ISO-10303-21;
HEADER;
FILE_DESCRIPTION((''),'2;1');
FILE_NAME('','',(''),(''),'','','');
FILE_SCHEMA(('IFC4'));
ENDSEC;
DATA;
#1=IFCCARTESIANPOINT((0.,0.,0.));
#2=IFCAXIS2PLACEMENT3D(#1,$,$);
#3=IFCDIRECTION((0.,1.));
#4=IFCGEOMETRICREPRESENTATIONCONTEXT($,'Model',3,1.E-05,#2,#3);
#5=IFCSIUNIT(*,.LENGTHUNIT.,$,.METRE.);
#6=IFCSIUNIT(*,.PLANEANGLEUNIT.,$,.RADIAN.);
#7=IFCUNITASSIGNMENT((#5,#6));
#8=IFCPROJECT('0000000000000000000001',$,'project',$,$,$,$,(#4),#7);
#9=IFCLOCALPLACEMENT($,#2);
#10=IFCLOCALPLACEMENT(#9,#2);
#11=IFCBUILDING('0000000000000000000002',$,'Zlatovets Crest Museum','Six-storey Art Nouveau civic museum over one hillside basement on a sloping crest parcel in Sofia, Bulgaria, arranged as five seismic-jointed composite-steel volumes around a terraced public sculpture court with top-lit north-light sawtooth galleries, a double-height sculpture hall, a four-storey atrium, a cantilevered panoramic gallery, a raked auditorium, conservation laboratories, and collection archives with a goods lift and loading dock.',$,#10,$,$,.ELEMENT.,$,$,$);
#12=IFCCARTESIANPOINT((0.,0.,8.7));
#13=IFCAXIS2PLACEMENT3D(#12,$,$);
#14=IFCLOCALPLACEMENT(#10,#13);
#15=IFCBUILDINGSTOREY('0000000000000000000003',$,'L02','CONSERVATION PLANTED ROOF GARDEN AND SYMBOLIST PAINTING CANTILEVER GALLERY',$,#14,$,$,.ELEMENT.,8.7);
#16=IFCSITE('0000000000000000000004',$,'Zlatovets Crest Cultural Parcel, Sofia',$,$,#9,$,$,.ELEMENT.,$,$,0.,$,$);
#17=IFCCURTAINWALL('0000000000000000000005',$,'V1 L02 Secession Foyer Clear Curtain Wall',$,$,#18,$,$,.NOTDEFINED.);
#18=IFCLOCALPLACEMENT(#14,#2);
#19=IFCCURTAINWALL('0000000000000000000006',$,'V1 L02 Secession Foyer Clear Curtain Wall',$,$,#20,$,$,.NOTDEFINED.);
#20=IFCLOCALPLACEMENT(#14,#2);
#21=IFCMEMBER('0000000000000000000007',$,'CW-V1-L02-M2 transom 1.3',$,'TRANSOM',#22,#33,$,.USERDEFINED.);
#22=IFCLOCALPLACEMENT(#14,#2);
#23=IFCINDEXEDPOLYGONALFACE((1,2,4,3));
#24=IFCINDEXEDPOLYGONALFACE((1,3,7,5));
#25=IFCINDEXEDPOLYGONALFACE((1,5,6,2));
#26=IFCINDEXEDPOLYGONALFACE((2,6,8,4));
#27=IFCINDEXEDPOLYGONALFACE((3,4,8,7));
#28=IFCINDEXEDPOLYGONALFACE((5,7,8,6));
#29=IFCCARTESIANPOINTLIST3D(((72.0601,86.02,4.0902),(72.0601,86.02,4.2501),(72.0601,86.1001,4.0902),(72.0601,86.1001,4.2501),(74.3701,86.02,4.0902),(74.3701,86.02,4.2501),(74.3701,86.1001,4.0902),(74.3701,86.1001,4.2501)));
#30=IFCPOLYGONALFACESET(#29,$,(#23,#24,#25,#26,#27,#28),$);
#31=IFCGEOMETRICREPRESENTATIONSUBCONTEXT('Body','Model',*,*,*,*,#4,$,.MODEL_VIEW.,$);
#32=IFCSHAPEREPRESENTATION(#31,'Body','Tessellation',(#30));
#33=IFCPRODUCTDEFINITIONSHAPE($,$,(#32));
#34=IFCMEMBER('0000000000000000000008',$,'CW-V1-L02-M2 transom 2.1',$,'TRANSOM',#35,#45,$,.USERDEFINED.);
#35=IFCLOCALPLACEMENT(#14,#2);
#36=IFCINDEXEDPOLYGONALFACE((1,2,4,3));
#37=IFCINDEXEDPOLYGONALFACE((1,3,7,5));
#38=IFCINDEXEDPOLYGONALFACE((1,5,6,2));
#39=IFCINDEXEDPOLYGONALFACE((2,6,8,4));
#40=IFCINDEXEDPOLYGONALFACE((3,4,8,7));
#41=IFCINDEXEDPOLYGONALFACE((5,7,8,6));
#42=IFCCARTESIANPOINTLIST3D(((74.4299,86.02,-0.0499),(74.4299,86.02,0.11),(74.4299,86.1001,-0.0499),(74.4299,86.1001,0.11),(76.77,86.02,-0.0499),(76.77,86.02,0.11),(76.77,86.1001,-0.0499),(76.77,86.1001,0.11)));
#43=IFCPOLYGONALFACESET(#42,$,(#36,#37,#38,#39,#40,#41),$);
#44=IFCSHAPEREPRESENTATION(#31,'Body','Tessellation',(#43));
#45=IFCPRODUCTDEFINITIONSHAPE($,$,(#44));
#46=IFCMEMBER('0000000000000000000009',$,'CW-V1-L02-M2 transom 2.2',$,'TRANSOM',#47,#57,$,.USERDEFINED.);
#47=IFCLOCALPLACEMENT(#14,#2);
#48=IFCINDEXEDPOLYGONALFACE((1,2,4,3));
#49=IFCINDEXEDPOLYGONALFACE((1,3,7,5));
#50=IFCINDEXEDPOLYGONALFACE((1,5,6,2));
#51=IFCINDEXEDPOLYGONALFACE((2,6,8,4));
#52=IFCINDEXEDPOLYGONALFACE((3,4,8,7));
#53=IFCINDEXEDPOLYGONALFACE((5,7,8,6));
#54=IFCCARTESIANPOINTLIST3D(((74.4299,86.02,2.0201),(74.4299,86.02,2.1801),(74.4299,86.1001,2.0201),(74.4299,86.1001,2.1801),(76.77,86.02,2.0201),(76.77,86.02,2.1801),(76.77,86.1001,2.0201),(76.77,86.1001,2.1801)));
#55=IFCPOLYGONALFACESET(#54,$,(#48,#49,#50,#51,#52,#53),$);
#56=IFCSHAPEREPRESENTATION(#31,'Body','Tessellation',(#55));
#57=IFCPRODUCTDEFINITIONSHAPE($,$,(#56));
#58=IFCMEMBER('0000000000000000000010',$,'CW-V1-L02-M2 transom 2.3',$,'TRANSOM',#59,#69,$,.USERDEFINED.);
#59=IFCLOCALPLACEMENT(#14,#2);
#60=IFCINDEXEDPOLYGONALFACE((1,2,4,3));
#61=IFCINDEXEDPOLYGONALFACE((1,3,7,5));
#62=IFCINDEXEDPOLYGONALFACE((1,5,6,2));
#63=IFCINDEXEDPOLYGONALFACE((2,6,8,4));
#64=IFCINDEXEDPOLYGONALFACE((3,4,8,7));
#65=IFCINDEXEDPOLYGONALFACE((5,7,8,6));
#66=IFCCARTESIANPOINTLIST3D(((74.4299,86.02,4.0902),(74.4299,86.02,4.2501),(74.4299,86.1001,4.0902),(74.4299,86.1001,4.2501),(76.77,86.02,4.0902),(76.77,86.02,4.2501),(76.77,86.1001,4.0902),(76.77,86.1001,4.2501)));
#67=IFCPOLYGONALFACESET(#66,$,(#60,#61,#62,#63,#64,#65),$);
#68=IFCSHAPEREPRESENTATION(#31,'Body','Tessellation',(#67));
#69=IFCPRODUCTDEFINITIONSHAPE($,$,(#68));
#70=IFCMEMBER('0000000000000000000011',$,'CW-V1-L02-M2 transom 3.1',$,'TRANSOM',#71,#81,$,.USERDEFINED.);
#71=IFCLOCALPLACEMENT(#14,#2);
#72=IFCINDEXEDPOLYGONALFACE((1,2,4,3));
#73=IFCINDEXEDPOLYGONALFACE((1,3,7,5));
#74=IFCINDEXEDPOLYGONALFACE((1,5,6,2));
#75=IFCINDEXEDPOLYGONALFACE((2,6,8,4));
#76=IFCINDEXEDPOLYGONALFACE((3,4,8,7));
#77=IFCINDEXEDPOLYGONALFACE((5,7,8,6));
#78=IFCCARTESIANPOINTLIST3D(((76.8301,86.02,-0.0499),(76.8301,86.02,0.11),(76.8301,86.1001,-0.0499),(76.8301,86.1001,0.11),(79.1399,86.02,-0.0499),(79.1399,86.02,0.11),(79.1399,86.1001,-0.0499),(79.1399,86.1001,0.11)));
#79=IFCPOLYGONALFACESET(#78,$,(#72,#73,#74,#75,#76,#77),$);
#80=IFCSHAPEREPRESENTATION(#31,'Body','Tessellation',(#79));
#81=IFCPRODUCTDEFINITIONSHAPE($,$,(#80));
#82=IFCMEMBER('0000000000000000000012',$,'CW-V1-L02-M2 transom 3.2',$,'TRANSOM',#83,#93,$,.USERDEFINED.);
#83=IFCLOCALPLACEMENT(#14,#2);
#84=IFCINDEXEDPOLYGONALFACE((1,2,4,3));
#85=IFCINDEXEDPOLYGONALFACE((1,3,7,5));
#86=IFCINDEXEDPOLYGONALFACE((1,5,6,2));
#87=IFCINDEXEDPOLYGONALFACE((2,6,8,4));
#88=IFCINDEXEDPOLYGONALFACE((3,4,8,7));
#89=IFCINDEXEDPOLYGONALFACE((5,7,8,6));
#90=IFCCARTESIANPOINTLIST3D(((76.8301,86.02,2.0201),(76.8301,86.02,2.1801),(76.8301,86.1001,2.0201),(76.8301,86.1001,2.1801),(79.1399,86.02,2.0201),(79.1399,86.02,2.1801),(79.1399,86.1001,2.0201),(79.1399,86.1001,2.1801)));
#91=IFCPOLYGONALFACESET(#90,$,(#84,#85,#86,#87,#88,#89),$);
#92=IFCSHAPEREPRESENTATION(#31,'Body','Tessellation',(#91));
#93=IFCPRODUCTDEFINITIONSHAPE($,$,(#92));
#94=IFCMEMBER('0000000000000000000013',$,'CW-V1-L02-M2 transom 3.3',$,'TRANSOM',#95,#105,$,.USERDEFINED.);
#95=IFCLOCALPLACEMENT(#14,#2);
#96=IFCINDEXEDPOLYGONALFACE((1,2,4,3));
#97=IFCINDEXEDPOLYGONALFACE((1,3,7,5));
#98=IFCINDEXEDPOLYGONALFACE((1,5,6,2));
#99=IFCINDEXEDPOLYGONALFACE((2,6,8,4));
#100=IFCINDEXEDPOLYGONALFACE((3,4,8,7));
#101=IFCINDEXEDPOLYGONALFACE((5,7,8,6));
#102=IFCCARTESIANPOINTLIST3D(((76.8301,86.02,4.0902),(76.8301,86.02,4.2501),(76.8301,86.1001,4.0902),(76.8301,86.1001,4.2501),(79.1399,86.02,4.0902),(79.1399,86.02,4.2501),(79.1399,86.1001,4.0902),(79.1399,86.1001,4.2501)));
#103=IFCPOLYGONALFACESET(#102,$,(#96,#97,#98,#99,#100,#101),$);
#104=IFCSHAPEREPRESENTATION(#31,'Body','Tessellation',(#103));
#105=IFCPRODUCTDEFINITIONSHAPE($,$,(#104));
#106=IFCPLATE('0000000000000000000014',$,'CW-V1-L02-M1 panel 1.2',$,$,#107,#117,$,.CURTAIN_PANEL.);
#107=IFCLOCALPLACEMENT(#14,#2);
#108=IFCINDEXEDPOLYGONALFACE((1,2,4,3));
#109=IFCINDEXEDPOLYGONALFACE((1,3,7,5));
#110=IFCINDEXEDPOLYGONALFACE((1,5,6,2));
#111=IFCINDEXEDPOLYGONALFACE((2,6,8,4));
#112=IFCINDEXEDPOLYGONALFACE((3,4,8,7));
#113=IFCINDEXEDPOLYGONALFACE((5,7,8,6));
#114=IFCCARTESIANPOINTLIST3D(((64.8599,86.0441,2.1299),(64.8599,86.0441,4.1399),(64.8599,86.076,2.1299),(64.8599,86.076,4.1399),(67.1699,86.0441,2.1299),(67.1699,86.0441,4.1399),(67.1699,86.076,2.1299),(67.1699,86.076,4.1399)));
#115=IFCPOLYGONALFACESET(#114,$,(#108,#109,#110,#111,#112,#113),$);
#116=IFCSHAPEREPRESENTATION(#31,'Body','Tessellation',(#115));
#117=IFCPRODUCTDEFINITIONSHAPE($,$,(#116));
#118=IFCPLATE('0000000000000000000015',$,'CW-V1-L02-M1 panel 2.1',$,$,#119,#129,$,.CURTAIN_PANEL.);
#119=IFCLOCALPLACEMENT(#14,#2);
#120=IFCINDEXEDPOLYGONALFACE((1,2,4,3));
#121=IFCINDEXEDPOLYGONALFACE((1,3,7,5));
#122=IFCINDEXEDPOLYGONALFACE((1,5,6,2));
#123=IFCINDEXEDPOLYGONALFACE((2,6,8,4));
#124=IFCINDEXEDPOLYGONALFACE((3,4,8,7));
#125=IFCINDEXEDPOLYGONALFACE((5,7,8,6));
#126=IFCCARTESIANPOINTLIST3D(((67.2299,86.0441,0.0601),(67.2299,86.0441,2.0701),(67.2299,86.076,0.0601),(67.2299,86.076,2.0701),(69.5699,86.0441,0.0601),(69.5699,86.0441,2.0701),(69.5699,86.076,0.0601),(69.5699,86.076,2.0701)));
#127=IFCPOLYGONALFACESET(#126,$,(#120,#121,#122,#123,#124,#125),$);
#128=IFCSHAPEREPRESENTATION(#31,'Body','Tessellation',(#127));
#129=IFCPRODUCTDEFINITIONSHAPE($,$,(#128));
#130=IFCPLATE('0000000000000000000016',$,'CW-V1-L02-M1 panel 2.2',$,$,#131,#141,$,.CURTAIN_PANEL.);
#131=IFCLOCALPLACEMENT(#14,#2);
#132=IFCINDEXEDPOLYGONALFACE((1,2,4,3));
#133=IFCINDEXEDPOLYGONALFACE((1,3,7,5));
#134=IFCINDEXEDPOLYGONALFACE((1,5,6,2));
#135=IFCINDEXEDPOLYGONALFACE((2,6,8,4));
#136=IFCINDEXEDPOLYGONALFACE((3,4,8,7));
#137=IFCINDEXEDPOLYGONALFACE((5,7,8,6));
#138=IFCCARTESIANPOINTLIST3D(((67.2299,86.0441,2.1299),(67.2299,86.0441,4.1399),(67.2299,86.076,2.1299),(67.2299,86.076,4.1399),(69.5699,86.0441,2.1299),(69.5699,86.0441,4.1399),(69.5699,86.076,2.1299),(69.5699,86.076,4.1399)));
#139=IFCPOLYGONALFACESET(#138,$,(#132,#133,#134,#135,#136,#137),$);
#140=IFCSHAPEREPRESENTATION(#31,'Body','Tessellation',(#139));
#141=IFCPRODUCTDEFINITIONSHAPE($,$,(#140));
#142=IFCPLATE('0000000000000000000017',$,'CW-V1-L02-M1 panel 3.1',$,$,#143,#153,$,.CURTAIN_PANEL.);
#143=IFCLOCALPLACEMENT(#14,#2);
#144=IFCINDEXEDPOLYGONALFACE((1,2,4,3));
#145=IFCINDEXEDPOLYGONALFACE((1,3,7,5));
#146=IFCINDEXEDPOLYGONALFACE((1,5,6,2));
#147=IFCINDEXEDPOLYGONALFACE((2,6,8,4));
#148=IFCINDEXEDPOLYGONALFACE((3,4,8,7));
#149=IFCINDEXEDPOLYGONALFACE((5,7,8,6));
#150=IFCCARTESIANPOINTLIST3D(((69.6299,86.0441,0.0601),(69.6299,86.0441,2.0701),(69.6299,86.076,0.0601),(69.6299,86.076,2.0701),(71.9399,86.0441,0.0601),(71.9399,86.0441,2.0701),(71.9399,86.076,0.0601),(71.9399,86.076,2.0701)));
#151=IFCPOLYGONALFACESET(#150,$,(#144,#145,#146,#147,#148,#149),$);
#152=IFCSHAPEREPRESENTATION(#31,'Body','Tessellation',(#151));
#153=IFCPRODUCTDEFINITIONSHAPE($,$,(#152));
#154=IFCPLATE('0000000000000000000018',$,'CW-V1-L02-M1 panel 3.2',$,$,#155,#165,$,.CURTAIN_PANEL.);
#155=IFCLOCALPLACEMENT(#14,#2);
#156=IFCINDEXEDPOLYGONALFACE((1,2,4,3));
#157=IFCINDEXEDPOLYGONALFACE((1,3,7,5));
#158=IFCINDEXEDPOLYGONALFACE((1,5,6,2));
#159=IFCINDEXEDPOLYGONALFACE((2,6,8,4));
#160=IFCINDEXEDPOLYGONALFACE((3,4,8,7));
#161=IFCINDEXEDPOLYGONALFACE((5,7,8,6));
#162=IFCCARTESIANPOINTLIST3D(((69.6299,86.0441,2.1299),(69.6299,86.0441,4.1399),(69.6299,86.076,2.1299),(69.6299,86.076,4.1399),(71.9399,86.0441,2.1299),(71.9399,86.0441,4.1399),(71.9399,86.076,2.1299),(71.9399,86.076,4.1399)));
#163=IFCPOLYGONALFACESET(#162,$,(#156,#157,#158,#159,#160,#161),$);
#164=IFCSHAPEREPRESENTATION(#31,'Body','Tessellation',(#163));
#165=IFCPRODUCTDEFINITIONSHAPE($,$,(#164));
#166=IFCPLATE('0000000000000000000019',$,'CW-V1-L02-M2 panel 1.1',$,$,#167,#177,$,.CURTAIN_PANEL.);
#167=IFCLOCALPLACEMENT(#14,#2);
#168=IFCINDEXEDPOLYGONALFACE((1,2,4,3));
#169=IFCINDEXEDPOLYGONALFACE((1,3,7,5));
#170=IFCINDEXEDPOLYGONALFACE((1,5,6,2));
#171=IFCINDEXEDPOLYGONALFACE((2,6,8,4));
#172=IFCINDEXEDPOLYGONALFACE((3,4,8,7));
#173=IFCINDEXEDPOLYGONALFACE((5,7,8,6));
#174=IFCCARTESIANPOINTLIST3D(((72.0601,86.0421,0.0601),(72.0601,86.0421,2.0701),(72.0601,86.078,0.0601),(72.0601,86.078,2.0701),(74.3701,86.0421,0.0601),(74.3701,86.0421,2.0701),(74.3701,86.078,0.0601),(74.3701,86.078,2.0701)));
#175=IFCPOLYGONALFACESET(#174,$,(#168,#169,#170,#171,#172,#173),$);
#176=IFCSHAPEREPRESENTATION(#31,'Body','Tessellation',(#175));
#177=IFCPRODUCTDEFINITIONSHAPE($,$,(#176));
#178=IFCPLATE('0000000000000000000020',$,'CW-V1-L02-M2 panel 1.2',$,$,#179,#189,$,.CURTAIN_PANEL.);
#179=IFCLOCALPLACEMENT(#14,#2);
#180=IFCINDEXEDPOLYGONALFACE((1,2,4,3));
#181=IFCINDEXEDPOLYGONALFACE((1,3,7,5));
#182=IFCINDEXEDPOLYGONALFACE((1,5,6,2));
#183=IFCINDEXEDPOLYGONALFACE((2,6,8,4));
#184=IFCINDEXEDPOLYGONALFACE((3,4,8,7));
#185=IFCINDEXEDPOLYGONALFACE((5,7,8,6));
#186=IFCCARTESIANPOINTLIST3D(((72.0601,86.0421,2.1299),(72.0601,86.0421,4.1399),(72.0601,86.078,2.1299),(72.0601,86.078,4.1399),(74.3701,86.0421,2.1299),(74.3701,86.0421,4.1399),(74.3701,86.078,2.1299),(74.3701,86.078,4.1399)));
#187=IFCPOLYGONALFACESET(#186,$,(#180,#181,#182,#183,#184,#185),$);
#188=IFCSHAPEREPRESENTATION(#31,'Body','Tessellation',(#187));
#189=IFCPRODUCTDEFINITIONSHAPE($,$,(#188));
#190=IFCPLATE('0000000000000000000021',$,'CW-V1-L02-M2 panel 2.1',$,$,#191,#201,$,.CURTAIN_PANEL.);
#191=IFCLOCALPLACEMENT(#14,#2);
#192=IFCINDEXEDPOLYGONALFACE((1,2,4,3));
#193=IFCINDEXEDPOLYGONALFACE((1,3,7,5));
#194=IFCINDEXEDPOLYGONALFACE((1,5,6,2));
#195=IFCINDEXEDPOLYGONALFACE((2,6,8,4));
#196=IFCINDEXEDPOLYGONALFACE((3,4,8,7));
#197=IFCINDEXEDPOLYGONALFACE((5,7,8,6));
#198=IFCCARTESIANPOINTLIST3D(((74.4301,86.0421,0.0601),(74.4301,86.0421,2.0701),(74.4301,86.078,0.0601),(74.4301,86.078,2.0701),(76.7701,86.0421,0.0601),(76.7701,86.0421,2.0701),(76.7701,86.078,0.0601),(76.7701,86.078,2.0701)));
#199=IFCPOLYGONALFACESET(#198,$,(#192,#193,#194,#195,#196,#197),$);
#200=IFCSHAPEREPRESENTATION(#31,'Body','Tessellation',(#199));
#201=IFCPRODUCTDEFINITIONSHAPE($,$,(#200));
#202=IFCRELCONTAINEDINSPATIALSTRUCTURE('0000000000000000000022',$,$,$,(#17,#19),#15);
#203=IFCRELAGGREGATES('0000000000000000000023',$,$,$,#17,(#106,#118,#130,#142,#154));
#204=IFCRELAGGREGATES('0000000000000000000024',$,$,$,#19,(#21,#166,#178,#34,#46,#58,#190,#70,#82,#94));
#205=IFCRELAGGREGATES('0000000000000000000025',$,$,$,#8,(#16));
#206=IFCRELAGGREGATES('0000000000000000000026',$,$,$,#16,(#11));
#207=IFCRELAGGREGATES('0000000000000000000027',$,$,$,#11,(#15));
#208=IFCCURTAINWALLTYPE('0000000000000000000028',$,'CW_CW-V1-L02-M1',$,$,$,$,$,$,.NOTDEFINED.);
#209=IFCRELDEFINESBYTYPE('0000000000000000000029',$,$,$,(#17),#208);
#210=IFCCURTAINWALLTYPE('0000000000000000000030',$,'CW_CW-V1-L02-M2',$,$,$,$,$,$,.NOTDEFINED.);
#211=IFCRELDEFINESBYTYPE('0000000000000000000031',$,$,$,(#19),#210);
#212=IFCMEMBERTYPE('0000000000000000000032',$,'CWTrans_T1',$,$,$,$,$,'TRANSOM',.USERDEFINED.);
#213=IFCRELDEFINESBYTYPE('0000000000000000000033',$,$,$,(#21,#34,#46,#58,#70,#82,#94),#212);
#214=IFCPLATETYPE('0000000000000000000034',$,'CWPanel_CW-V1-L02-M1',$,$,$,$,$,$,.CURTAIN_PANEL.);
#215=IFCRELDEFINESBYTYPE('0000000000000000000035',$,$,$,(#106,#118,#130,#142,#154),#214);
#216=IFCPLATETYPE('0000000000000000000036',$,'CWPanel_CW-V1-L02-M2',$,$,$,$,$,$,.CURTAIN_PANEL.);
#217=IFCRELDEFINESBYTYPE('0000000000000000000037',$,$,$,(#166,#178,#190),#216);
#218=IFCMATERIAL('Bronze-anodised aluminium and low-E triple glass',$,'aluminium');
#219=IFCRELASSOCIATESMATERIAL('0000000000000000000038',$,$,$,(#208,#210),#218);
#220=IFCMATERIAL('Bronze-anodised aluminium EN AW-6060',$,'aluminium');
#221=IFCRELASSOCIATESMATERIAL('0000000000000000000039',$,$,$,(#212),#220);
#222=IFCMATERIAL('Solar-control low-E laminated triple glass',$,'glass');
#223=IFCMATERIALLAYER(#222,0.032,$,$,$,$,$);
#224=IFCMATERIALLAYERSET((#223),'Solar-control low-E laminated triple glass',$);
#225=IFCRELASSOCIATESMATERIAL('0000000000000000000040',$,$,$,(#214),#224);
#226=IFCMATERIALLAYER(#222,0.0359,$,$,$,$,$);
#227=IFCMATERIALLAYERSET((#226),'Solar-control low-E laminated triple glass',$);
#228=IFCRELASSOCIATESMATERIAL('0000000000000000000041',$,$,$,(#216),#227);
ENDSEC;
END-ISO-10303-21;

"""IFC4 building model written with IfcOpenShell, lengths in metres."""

from ifc_helpers import new_model, si_unit, direction, frame, origin, origin_2d, place, context, subcontext, project, spatial, rectangle, extrude, material, layer, layer_set, material_profile, profile_set, type_object, element, aggregate, save


model = new_model("IFC4")

# Units and contexts
model_context = context("Model", 3, precision=1e-05, world=origin(), true_north=direction((0.0, 1.0)))
body_context = subcontext(model_context, "Body", "Model", "MODEL_VIEW")
ifc_project = project(units=[si_unit("LENGTHUNIT", "METRE"), si_unit("PLANEANGLEUNIT", "RADIAN")], contexts=[model_context])

# Site, building, storey
site_placement = place(None, origin())
site = spatial("IfcSite", under=ifc_project, at=site_placement, Name="Zlatovets Crest Cultural Parcel, Sofia", CompositionType="ELEMENT", RefElevation=0.0)
building_placement = place(site_placement, origin())
building = spatial("IfcBuilding", under=site, at=building_placement, Name="Zlatovets Crest Museum", Description="Six-storey Art Nouveau civic museum over one hillside basement on a sloping crest parcel in Sofia, Bulgaria, arranged as five seismic-jointed composite-steel volumes around a terraced public sculpture court with top-lit north-light sawtooth galleries, a double-height sculpture hall, a four-storey atrium, a cantilevered panoramic gallery, a raked auditorium, conservation laboratories, and collection archives with a goods lift and loading dock.", CompositionType="ELEMENT")
storey_placement = place(building_placement, frame((0.0, 0.0, 8.7)))
storey = spatial("IfcBuildingStorey", under=building, at=storey_placement, Name="L02", Description="CONSERVATION PLANTED ROOF GARDEN AND SYMBOLIST PAINTING CANTILEVER GALLERY", CompositionType="ELEMENT", Elevation=8.7)

# Curtain walls
ifc_material_1 = material(Name="Bronze-anodised aluminium and low-E triple glass", Category="aluminium")
curtain_wall_type_1 = type_object("IfcCurtainWallType", Name="CW_CW-V1-L02-M1", PredefinedType="NOTDEFINED", material=ifc_material_1)
curtain_wall_1_placement = place(storey_placement, origin())
curtain_wall_1 = element("IfcCurtainWall", 1, at=curtain_wall_1_placement, inside=storey, type_object=curtain_wall_type_1, Name="V1 L02 Secession Foyer Clear Curtain Wall", PredefinedType="NOTDEFINED")
ifc_material_2 = material(Name="Bronze-anodised aluminium EN AW-6060", Category="aluminium")
curtain_wall_type_2 = type_object("IfcCurtainWallType", Name="CW_CW-V1-L02-M2", PredefinedType="NOTDEFINED", material=ifc_material_1)
curtain_wall_2_placement = place(storey_placement, origin())
curtain_wall_2 = element("IfcCurtainWall", 2, at=curtain_wall_2_placement, inside=storey, type_object=curtain_wall_type_2, Name="V1 L02 Secession Foyer Clear Curtain Wall", PredefinedType="NOTDEFINED")

# Members
ifc_material_profile_1 = material_profile(ifc_material_2, rectangle(XDim=0.0801, YDim=0.1599, at=origin_2d()), Name="ALU 80x160")
ifc_profile_set_1 = profile_set([ifc_material_profile_1], Name="Bronze-anodised aluminium EN AW-6060")
member_type_1 = type_object("IfcMemberType", Name="CWTrans_T1", ElementType="TRANSOM", PredefinedType="USERDEFINED", material=ifc_profile_set_1)
member_1_placement = place(storey_placement, frame((72.0601, 86.0601, 4.1702), z_axis=(1.0, 0.0, 0.0), x_axis=(0.0, 1.0, 0.0)))
member_1 = element("IfcMember", 3, at=member_1_placement, type_object=member_type_1, Name="CW-V1-L02-M2 transom 1.3", ObjectType="TRANSOM", PredefinedType="USERDEFINED", context=body_context, shape_type="SweptSolid", body=[
    extrude(rectangle(XDim=0.0801, YDim=0.1599, at=origin_2d()), origin(), (0.0, 0.0, 1.0), 2.3101),
])
member_2_placement = place(storey_placement, frame((74.4299, 86.0601, 0.03), z_axis=(1.0, 0.0, 0.0), x_axis=(0.0, 1.0, 0.0)))
member_2 = element("IfcMember", 4, at=member_2_placement, type_object=member_type_1, Name="CW-V1-L02-M2 transom 2.1", ObjectType="TRANSOM", PredefinedType="USERDEFINED", context=body_context, shape_type="SweptSolid", body=[
    extrude(rectangle(XDim=0.0801, YDim=0.1599, at=origin_2d()), origin(), (0.0, 0.0, 1.0), 2.3401),
])
member_3_placement = place(storey_placement, frame((74.4299, 86.0601, 2.1001), z_axis=(1.0, 0.0, 0.0), x_axis=(0.0, 1.0, 0.0)))
member_3 = element("IfcMember", 5, at=member_3_placement, type_object=member_type_1, Name="CW-V1-L02-M2 transom 2.2", ObjectType="TRANSOM", PredefinedType="USERDEFINED", context=body_context, shape_type="SweptSolid", body=[
    extrude(rectangle(XDim=0.0801, YDim=0.1599, at=origin_2d()), origin(), (0.0, 0.0, 1.0), 2.3401),
])
member_4_placement = place(storey_placement, frame((74.4299, 86.0601, 4.1702), z_axis=(1.0, 0.0, 0.0), x_axis=(0.0, 1.0, 0.0)))
member_4 = element("IfcMember", 6, at=member_4_placement, type_object=member_type_1, Name="CW-V1-L02-M2 transom 2.3", ObjectType="TRANSOM", PredefinedType="USERDEFINED", context=body_context, shape_type="SweptSolid", body=[
    extrude(rectangle(XDim=0.0801, YDim=0.1599, at=origin_2d()), origin(), (0.0, 0.0, 1.0), 2.3401),
])
member_5_placement = place(storey_placement, frame((76.8301, 86.0601, 0.03), z_axis=(1.0, 0.0, 0.0), x_axis=(0.0, 1.0, 0.0)))
member_5 = element("IfcMember", 7, at=member_5_placement, type_object=member_type_1, Name="CW-V1-L02-M2 transom 3.1", ObjectType="TRANSOM", PredefinedType="USERDEFINED", context=body_context, shape_type="SweptSolid", body=[
    extrude(rectangle(XDim=0.0801, YDim=0.1599, at=origin_2d()), origin(), (0.0, 0.0, 1.0), 2.3098),
])
member_6_placement = place(storey_placement, frame((76.8301, 86.0601, 2.1001), z_axis=(1.0, 0.0, 0.0), x_axis=(0.0, 1.0, 0.0)))
member_6 = element("IfcMember", 8, at=member_6_placement, type_object=member_type_1, Name="CW-V1-L02-M2 transom 3.2", ObjectType="TRANSOM", PredefinedType="USERDEFINED", context=body_context, shape_type="SweptSolid", body=[
    extrude(rectangle(XDim=0.0801, YDim=0.1599, at=origin_2d()), origin(), (0.0, 0.0, 1.0), 2.3098),
])
member_7_placement = place(storey_placement, frame((76.8301, 86.0601, 4.1702), z_axis=(1.0, 0.0, 0.0), x_axis=(0.0, 1.0, 0.0)))
member_7 = element("IfcMember", 9, at=member_7_placement, type_object=member_type_1, Name="CW-V1-L02-M2 transom 3.3", ObjectType="TRANSOM", PredefinedType="USERDEFINED", context=body_context, shape_type="SweptSolid", body=[
    extrude(rectangle(XDim=0.0801, YDim=0.1599, at=origin_2d()), origin(), (0.0, 0.0, 1.0), 2.3098),
])

# Plates
ifc_material_3 = material(Name="Solar-control low-E laminated triple glass", Category="glass")
ifc_layer_1 = layer(ifc_material_3, 0.032)
ifc_layer_set_1 = layer_set([ifc_layer_1], Name="Solar-control low-E laminated triple glass")
plate_type_1 = type_object("IfcPlateType", Name="CWPanel_CW-V1-L02-M1", PredefinedType="CURTAIN_PANEL", material=ifc_layer_set_1)
plate_1_placement = place(storey_placement, frame((66.0149, 86.0601, 2.1299), z_axis=(0.0, 0.0, 1.0), x_axis=(1.0, 0.0, 0.0)))
plate_1 = element("IfcPlate", 10, at=plate_1_placement, type_object=plate_type_1, Name="CW-V1-L02-M1 panel 1.2", PredefinedType="CURTAIN_PANEL", context=body_context, shape_type="SweptSolid", body=[
    extrude(rectangle(XDim=2.3101, YDim=0.032, at=origin_2d()), origin(), (0.0, 0.0, 1.0), 2.01),
])
plate_2_placement = place(storey_placement, frame((68.3999, 86.0601, 0.0601), z_axis=(0.0, 0.0, 1.0), x_axis=(1.0, 0.0, 0.0)))
plate_2 = element("IfcPlate", 11, at=plate_2_placement, type_object=plate_type_1, Name="CW-V1-L02-M1 panel 2.1", PredefinedType="CURTAIN_PANEL", context=body_context, shape_type="SweptSolid", body=[
    extrude(rectangle(XDim=2.3401, YDim=0.032, at=origin_2d()), origin(), (0.0, 0.0, 1.0), 2.01),
])
plate_3_placement = place(storey_placement, frame((68.3999, 86.0601, 2.1299), z_axis=(0.0, 0.0, 1.0), x_axis=(1.0, 0.0, 0.0)))
plate_3 = element("IfcPlate", 12, at=plate_3_placement, type_object=plate_type_1, Name="CW-V1-L02-M1 panel 2.2", PredefinedType="CURTAIN_PANEL", context=body_context, shape_type="SweptSolid", body=[
    extrude(rectangle(XDim=2.3401, YDim=0.032, at=origin_2d()), origin(), (0.0, 0.0, 1.0), 2.01),
])
plate_4_placement = place(storey_placement, frame((70.7849, 86.0601, 0.0601), z_axis=(0.0, 0.0, 1.0), x_axis=(1.0, 0.0, 0.0)))
plate_4 = element("IfcPlate", 13, at=plate_4_placement, type_object=plate_type_1, Name="CW-V1-L02-M1 panel 3.1", PredefinedType="CURTAIN_PANEL", context=body_context, shape_type="SweptSolid", body=[
    extrude(rectangle(XDim=2.3101, YDim=0.032, at=origin_2d()), origin(), (0.0, 0.0, 1.0), 2.01),
])
plate_5_placement = place(storey_placement, frame((70.7849, 86.0601, 2.1299), z_axis=(0.0, 0.0, 1.0), x_axis=(1.0, 0.0, 0.0)))
plate_5 = element("IfcPlate", 14, at=plate_5_placement, type_object=plate_type_1, Name="CW-V1-L02-M1 panel 3.2", PredefinedType="CURTAIN_PANEL", context=body_context, shape_type="SweptSolid", body=[
    extrude(rectangle(XDim=2.3101, YDim=0.032, at=origin_2d()), origin(), (0.0, 0.0, 1.0), 2.01),
])
aggregate(curtain_wall_1, [plate_1, plate_2, plate_3, plate_4, plate_5])
ifc_layer_2 = layer(ifc_material_3, 0.0359)
ifc_layer_set_2 = layer_set([ifc_layer_2], Name="Solar-control low-E laminated triple glass")
plate_type_2 = type_object("IfcPlateType", Name="CWPanel_CW-V1-L02-M2", PredefinedType="CURTAIN_PANEL", material=ifc_layer_set_2)
plate_6_placement = place(storey_placement, frame((73.2151, 86.0601, 0.0601), z_axis=(0.0, 0.0, 1.0), x_axis=(1.0, 0.0, 0.0)))
plate_6 = element("IfcPlate", 15, at=plate_6_placement, type_object=plate_type_2, Name="CW-V1-L02-M2 panel 1.1", PredefinedType="CURTAIN_PANEL", context=body_context, shape_type="SweptSolid", body=[
    extrude(rectangle(XDim=2.3101, YDim=0.0359, at=origin_2d()), origin(), (0.0, 0.0, 1.0), 2.01),
])
plate_7_placement = place(storey_placement, frame((73.2151, 86.0601, 2.1299), z_axis=(0.0, 0.0, 1.0), x_axis=(1.0, 0.0, 0.0)))
plate_7 = element("IfcPlate", 16, at=plate_7_placement, type_object=plate_type_2, Name="CW-V1-L02-M2 panel 1.2", PredefinedType="CURTAIN_PANEL", context=body_context, shape_type="SweptSolid", body=[
    extrude(rectangle(XDim=2.3101, YDim=0.0359, at=origin_2d()), origin(), (0.0, 0.0, 1.0), 2.01),
])
plate_8_placement = place(storey_placement, frame((75.6001, 86.0601, 0.0601), z_axis=(0.0, 0.0, 1.0), x_axis=(1.0, 0.0, 0.0)))
plate_8 = element("IfcPlate", 17, at=plate_8_placement, type_object=plate_type_2, Name="CW-V1-L02-M2 panel 2.1", PredefinedType="CURTAIN_PANEL", context=body_context, shape_type="SweptSolid", body=[
    extrude(rectangle(XDim=2.3401, YDim=0.0359, at=origin_2d()), origin(), (0.0, 0.0, 1.0), 2.01),
])
aggregate(curtain_wall_2, [member_1, plate_6, plate_7, member_2, member_3, member_4, plate_8, member_5, member_6, member_7])

save(model, "model.ifc")
